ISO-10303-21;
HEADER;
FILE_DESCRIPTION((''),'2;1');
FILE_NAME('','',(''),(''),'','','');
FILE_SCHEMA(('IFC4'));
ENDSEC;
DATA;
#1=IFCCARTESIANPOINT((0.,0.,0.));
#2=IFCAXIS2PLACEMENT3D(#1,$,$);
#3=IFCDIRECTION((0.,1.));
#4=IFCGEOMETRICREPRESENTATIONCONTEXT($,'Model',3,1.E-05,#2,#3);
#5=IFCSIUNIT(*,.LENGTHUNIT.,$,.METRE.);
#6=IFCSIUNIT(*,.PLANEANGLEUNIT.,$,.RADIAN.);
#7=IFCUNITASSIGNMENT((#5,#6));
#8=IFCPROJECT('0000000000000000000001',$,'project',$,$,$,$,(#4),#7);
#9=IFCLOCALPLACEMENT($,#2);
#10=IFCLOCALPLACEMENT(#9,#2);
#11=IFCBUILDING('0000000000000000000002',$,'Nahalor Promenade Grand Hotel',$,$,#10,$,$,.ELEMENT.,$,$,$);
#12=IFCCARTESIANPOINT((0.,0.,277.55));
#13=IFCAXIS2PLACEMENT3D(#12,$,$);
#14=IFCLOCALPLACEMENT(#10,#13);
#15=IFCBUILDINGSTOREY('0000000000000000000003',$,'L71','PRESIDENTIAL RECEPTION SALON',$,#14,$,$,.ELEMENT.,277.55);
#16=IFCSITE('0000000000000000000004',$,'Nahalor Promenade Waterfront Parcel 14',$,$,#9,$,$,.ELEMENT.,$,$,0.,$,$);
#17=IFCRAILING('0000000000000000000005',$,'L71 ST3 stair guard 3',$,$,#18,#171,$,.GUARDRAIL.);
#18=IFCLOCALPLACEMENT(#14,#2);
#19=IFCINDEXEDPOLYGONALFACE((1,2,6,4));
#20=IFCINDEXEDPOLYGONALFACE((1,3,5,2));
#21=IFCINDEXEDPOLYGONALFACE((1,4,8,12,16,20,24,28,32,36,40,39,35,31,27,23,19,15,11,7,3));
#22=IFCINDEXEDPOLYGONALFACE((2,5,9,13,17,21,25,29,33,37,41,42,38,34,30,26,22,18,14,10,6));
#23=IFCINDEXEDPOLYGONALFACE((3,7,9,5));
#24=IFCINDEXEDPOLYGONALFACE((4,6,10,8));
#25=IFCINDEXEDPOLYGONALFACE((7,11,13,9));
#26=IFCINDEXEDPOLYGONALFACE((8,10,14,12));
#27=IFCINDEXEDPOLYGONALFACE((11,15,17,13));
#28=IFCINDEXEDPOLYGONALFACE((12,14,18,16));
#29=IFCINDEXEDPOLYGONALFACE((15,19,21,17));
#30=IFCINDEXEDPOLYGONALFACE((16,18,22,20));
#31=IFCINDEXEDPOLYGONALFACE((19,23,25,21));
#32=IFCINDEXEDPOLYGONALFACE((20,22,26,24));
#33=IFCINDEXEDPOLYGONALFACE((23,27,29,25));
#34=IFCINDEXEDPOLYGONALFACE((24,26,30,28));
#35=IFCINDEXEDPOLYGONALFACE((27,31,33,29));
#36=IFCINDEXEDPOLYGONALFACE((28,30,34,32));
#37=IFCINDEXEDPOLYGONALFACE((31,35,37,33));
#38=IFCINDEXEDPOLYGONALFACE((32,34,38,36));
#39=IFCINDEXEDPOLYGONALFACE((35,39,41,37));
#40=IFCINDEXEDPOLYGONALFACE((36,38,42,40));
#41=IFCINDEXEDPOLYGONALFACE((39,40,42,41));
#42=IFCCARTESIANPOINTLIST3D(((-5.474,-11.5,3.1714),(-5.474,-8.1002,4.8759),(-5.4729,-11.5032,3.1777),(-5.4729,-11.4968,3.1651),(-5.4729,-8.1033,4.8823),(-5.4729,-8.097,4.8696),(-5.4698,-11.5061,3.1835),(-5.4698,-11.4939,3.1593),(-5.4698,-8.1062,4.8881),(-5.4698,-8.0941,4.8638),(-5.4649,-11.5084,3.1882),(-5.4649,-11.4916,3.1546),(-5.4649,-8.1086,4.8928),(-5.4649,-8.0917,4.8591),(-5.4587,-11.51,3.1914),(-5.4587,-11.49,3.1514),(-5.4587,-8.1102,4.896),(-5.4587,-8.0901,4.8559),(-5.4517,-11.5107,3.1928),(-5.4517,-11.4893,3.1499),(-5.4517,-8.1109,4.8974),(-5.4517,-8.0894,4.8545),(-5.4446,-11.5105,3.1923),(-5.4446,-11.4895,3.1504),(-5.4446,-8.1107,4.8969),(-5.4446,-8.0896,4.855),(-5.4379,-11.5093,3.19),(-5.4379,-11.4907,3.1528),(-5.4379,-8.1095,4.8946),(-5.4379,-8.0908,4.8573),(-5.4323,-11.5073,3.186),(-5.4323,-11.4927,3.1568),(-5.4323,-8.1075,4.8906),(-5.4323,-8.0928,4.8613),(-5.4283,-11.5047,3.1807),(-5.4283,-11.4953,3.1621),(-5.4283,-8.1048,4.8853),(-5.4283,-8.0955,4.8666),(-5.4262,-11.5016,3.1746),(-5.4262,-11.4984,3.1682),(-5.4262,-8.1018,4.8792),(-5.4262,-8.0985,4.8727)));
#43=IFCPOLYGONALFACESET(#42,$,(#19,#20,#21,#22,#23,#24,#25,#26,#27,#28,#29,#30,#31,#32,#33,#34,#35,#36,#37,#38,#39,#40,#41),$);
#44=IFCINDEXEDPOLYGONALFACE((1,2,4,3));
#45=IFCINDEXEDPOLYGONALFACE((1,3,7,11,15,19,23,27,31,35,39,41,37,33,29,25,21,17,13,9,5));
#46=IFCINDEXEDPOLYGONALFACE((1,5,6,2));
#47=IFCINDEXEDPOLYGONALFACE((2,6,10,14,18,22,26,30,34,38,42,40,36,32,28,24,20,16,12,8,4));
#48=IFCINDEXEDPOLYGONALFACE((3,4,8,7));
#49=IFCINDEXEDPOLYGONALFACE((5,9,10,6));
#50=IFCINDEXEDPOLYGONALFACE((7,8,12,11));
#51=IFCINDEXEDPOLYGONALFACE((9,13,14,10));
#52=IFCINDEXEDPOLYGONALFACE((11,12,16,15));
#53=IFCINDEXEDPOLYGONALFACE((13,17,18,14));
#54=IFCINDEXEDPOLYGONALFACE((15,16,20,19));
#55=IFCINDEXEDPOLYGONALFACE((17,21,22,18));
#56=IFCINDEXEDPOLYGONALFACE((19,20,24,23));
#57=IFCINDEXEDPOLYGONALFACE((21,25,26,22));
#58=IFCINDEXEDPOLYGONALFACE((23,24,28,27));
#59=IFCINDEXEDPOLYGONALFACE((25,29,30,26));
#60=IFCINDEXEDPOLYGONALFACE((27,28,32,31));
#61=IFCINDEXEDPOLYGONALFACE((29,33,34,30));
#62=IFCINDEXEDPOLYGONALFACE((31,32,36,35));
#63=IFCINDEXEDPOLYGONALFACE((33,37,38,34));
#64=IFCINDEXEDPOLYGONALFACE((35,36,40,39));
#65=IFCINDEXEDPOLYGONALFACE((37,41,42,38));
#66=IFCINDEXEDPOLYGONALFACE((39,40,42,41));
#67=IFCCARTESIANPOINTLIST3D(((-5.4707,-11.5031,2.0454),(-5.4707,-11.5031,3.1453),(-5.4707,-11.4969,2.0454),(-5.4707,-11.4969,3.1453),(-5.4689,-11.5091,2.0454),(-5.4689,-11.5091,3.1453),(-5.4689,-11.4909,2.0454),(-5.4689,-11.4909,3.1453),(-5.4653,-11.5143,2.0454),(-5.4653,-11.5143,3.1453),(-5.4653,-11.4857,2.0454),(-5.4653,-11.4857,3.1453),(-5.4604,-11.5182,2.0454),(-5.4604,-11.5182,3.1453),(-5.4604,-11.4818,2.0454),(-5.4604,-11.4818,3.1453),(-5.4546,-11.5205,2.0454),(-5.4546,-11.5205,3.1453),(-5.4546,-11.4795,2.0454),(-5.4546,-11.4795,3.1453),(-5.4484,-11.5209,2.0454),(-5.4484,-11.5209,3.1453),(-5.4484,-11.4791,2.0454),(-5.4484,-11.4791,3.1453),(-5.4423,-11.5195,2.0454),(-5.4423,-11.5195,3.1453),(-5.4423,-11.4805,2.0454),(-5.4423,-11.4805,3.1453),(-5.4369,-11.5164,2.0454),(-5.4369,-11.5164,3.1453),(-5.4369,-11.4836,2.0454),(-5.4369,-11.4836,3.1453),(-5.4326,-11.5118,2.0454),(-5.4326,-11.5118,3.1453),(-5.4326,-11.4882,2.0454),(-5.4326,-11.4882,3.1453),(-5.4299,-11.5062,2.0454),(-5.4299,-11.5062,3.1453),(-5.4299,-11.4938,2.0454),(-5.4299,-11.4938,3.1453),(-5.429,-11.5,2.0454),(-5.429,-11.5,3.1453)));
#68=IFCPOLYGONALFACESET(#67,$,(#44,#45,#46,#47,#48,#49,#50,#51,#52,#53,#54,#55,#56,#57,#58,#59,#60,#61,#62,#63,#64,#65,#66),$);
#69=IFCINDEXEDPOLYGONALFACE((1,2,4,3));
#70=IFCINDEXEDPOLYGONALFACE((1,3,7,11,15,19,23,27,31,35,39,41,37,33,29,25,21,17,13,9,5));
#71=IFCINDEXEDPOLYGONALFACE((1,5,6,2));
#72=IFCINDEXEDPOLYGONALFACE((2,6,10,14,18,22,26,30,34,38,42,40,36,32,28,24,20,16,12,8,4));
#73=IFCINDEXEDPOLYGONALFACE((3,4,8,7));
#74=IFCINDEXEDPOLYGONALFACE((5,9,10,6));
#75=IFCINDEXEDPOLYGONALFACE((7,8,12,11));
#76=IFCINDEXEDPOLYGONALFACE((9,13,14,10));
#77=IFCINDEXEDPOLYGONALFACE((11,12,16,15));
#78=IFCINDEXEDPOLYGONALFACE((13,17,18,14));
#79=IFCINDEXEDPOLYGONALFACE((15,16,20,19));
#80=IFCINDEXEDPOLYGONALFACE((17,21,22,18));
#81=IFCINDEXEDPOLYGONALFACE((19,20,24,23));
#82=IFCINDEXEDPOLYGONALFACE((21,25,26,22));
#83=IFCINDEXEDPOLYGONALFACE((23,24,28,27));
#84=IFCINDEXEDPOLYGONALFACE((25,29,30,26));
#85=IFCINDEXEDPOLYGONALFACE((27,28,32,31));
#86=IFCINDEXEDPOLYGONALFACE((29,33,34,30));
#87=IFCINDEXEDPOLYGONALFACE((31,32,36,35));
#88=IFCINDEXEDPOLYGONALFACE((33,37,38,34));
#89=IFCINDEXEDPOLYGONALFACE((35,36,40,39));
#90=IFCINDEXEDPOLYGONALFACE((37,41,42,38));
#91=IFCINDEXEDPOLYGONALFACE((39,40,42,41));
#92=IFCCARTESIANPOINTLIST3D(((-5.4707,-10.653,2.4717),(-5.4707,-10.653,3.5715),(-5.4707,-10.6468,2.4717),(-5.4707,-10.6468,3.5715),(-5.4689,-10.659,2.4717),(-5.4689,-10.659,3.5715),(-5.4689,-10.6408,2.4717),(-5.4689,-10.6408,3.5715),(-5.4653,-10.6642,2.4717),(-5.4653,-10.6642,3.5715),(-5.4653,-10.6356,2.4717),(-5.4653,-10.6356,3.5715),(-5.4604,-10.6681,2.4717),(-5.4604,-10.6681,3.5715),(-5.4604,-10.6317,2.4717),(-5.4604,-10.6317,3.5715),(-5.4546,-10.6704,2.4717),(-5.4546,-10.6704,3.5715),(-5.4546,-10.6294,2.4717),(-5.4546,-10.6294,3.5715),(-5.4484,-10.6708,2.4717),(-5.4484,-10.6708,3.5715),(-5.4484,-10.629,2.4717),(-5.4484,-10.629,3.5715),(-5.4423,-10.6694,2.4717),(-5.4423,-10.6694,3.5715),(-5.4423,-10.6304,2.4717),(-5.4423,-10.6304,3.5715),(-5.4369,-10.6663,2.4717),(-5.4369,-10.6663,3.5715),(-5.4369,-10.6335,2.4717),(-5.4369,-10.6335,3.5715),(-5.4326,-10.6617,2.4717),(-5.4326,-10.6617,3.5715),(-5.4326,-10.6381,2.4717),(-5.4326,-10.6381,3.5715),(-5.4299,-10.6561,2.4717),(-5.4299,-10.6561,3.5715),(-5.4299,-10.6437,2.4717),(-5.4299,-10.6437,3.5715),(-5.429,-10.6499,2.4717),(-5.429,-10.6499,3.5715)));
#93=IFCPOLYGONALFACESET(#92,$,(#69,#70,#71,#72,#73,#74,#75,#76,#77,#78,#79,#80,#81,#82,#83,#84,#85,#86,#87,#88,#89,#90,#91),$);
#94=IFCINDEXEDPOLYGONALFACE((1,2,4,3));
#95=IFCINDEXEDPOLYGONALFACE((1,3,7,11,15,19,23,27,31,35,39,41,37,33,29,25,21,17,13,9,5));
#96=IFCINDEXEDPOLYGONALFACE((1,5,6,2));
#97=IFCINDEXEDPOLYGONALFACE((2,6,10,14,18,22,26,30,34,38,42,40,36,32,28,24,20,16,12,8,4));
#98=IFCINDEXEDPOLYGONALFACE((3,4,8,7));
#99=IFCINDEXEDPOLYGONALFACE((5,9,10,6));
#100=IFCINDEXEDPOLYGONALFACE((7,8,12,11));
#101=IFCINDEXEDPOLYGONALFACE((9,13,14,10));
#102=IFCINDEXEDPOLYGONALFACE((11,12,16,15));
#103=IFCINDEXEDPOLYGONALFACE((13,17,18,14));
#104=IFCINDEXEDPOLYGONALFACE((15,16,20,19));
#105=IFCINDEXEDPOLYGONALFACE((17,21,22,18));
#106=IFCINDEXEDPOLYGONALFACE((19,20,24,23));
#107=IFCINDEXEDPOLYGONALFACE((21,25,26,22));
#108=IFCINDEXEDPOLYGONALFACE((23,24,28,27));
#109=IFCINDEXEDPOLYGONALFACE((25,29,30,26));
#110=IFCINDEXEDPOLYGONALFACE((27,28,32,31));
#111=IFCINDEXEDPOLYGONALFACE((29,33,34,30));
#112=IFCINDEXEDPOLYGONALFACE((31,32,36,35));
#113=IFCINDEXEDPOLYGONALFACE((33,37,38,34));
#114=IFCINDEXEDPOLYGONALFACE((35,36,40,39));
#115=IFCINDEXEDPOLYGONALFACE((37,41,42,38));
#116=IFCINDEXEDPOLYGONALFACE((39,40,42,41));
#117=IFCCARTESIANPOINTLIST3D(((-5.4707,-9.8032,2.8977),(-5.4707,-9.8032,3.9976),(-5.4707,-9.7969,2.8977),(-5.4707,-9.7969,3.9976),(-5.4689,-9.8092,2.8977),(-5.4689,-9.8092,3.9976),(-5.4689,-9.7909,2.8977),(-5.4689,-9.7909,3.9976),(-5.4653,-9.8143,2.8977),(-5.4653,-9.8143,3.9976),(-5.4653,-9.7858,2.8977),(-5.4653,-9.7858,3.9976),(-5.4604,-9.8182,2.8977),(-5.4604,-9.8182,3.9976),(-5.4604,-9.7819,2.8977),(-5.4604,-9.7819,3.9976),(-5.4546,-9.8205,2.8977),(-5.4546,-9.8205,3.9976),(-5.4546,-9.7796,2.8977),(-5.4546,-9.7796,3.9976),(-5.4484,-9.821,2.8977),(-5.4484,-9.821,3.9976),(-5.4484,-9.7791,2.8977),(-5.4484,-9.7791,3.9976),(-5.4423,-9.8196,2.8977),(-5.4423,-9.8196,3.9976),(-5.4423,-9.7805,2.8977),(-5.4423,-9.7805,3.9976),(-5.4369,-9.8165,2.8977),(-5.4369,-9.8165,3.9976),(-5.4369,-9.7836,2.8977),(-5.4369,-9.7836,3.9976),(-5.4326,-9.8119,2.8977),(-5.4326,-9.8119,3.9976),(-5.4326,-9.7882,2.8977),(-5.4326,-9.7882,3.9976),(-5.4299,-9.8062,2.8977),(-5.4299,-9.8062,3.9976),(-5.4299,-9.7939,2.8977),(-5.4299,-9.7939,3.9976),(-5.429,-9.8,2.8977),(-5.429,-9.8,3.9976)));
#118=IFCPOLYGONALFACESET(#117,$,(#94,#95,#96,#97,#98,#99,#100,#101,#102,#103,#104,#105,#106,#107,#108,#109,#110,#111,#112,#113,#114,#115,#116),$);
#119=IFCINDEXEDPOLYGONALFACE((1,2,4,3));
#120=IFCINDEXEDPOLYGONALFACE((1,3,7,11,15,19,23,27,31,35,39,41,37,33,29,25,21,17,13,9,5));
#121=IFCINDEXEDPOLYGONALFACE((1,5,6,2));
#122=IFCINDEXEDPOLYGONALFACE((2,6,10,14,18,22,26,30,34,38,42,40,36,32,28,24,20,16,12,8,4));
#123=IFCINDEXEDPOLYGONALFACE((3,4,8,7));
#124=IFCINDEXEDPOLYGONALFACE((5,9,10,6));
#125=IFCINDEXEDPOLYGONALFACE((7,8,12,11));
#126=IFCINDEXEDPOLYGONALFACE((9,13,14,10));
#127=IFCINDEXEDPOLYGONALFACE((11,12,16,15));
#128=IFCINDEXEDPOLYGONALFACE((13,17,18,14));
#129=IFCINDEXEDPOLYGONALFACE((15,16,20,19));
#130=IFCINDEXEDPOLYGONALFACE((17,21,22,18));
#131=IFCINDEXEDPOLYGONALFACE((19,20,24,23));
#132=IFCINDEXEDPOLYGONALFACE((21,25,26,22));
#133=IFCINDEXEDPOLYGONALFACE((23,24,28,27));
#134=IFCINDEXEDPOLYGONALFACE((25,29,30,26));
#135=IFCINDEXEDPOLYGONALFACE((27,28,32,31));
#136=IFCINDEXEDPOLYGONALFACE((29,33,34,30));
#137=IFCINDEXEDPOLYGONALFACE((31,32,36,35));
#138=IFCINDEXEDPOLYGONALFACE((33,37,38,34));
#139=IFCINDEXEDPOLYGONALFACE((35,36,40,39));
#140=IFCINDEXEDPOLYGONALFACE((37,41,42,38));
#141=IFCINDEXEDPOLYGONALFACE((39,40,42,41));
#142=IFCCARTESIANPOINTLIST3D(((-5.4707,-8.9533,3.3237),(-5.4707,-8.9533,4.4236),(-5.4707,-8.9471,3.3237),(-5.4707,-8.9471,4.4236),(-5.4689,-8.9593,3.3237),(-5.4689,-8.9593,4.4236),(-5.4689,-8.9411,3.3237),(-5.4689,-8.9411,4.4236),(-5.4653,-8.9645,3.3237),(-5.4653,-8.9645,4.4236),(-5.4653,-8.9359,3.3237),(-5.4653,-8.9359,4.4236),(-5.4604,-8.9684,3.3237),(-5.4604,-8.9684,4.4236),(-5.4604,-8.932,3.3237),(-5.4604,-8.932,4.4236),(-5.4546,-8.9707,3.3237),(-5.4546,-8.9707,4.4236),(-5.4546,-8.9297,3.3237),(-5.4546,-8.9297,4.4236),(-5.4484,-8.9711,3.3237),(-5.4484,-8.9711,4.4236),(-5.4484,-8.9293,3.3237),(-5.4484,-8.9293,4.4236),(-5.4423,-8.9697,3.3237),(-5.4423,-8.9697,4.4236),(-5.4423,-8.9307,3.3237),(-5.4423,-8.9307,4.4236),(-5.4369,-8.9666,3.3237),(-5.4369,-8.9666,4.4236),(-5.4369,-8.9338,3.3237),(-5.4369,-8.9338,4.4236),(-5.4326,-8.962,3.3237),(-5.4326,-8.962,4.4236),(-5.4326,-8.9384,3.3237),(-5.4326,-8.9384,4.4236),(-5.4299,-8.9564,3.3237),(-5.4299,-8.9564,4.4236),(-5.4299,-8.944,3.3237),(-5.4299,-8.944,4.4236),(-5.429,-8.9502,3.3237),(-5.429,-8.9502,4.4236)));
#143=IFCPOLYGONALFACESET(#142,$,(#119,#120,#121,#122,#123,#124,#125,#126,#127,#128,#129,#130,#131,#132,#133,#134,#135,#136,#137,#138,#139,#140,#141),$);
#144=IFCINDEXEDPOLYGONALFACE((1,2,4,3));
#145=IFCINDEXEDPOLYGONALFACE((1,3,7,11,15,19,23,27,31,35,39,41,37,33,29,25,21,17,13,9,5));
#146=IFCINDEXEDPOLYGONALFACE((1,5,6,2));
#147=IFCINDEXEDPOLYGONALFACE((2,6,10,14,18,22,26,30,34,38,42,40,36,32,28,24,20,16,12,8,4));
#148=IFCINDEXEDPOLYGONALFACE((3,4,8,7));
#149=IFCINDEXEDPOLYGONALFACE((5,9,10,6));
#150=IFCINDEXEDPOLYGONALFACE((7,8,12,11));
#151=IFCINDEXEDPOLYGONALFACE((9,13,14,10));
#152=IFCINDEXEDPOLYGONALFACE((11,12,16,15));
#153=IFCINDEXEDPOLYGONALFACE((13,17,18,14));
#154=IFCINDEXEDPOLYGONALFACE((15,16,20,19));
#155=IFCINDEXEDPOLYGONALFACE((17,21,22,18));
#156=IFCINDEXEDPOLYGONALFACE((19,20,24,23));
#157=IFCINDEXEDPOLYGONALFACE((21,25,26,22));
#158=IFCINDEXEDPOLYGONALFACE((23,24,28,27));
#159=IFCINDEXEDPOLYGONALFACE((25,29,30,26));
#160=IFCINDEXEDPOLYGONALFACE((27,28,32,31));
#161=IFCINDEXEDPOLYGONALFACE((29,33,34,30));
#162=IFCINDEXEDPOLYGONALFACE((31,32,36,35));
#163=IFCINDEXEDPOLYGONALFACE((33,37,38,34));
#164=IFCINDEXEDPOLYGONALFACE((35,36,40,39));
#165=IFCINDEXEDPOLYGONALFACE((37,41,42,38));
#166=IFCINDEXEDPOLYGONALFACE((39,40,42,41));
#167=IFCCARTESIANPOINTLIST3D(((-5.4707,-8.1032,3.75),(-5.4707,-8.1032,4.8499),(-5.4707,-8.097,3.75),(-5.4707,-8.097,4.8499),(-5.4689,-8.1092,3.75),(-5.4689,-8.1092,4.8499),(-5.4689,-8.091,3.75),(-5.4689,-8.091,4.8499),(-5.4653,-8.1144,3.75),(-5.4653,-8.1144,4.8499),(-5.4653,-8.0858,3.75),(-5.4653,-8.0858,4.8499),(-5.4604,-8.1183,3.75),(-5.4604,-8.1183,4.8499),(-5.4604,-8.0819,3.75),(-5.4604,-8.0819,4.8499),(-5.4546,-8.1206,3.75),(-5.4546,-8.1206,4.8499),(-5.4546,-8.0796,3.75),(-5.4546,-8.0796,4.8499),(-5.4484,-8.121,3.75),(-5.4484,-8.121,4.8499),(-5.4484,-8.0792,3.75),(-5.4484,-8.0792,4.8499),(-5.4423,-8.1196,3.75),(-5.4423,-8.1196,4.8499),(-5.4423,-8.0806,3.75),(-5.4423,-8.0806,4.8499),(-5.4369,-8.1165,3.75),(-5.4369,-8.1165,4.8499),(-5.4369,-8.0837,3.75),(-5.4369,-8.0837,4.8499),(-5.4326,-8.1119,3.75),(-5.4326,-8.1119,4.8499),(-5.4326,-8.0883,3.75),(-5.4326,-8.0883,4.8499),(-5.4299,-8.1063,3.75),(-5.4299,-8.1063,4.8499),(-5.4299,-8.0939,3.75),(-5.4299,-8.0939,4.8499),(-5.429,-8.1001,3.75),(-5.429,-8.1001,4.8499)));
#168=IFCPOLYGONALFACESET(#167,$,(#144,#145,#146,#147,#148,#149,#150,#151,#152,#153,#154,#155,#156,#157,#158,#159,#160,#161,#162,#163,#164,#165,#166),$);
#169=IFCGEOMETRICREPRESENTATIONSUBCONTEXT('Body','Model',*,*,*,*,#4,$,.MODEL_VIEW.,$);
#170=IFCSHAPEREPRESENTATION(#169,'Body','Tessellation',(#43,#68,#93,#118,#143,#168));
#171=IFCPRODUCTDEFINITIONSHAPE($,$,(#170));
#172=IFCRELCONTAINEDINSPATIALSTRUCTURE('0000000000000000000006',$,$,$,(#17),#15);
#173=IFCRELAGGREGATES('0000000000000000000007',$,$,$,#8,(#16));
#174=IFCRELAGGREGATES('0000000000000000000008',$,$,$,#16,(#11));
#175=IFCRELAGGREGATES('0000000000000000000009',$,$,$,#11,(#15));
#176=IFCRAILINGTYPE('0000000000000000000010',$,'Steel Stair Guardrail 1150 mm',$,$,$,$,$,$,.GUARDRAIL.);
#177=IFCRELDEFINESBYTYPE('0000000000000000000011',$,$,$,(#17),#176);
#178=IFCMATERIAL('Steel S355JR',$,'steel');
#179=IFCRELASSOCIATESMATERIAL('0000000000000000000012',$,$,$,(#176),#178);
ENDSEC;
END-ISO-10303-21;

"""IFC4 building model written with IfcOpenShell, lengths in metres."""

from ifc_helpers import new_model, si_unit, direction, frame, origin, origin_2d, place, context, subcontext, project, spatial, circle, extrude, material, type_object, element, save


model = new_model("IFC4")

# Units and contexts
model_context = context("Model", 3, precision=1e-05, world=origin(), true_north=direction((0.0, 1.0)))
body_context = subcontext(model_context, "Body", "Model", "MODEL_VIEW")
ifc_project = project(units=[si_unit("LENGTHUNIT", "METRE"), si_unit("PLANEANGLEUNIT", "RADIAN")], contexts=[model_context])

# Site, building, storey
site_placement = place(None, origin())
site = spatial("IfcSite", under=ifc_project, at=site_placement, Name="Nahalor Promenade Waterfront Parcel 14", CompositionType="ELEMENT", RefElevation=0.0)
building_placement = place(site_placement, origin())
building = spatial("IfcBuilding", under=site, at=building_placement, Name="Nahalor Promenade Grand Hotel", CompositionType="ELEMENT")
storey_placement = place(building_placement, frame((0.0, 0.0, 277.55)))
storey = spatial("IfcBuildingStorey", under=building, at=storey_placement, Name="L71", Description="PRESIDENTIAL RECEPTION SALON", CompositionType="ELEMENT", Elevation=277.55)

# Shared definitions
ifc_material_1 = material(Name="Steel S355JR", Category="steel")

# Railing
railing_type_1 = type_object("IfcRailingType", Name="Steel Stair Guardrail 1150 mm", PredefinedType="GUARDRAIL", material=ifc_material_1)
railing_1_placement = place(storey_placement, frame((-5.45, -11.5, 2.0454)))
element("IfcRailing", 1, at=railing_1_placement, inside=storey, type_object=railing_type_1, Name="L71 ST3 stair guard 3", PredefinedType="GUARDRAIL", context=body_context, shape_type="SweptSolid", body=[
    extrude(circle(Radius=0.024, at=origin_2d()), frame((0.0, 0.0, 1.126), z_axis=(0.0, 0.893939, 0.448189), x_axis=(-1.0, 0.0, 0.0)), (0.0, 0.0, 1.0), 3.8032),
    extrude(circle(Radius=0.021, at=origin_2d()), origin(), (0.0, 0.0, 1.0), 1.0999),
    extrude(circle(Radius=0.021, at=origin_2d()), frame((0.0, 0.8501, 0.4263)), (0.0, 0.0, 1.0), 1.0999),
    extrude(circle(Radius=0.021, at=origin_2d()), frame((0.0, 1.7, 0.8523)), (0.0, 0.0, 1.0), 1.0999),
    extrude(circle(Radius=0.021, at=origin_2d()), frame((0.0, 2.5498, 1.2783)), (0.0, 0.0, 1.0), 1.0999),
    extrude(circle(Radius=0.021, at=origin_2d()), frame((0.0, 3.3999, 1.7046)), (0.0, 0.0, 1.0), 1.0999),
])

save(model, "model.ifc")
